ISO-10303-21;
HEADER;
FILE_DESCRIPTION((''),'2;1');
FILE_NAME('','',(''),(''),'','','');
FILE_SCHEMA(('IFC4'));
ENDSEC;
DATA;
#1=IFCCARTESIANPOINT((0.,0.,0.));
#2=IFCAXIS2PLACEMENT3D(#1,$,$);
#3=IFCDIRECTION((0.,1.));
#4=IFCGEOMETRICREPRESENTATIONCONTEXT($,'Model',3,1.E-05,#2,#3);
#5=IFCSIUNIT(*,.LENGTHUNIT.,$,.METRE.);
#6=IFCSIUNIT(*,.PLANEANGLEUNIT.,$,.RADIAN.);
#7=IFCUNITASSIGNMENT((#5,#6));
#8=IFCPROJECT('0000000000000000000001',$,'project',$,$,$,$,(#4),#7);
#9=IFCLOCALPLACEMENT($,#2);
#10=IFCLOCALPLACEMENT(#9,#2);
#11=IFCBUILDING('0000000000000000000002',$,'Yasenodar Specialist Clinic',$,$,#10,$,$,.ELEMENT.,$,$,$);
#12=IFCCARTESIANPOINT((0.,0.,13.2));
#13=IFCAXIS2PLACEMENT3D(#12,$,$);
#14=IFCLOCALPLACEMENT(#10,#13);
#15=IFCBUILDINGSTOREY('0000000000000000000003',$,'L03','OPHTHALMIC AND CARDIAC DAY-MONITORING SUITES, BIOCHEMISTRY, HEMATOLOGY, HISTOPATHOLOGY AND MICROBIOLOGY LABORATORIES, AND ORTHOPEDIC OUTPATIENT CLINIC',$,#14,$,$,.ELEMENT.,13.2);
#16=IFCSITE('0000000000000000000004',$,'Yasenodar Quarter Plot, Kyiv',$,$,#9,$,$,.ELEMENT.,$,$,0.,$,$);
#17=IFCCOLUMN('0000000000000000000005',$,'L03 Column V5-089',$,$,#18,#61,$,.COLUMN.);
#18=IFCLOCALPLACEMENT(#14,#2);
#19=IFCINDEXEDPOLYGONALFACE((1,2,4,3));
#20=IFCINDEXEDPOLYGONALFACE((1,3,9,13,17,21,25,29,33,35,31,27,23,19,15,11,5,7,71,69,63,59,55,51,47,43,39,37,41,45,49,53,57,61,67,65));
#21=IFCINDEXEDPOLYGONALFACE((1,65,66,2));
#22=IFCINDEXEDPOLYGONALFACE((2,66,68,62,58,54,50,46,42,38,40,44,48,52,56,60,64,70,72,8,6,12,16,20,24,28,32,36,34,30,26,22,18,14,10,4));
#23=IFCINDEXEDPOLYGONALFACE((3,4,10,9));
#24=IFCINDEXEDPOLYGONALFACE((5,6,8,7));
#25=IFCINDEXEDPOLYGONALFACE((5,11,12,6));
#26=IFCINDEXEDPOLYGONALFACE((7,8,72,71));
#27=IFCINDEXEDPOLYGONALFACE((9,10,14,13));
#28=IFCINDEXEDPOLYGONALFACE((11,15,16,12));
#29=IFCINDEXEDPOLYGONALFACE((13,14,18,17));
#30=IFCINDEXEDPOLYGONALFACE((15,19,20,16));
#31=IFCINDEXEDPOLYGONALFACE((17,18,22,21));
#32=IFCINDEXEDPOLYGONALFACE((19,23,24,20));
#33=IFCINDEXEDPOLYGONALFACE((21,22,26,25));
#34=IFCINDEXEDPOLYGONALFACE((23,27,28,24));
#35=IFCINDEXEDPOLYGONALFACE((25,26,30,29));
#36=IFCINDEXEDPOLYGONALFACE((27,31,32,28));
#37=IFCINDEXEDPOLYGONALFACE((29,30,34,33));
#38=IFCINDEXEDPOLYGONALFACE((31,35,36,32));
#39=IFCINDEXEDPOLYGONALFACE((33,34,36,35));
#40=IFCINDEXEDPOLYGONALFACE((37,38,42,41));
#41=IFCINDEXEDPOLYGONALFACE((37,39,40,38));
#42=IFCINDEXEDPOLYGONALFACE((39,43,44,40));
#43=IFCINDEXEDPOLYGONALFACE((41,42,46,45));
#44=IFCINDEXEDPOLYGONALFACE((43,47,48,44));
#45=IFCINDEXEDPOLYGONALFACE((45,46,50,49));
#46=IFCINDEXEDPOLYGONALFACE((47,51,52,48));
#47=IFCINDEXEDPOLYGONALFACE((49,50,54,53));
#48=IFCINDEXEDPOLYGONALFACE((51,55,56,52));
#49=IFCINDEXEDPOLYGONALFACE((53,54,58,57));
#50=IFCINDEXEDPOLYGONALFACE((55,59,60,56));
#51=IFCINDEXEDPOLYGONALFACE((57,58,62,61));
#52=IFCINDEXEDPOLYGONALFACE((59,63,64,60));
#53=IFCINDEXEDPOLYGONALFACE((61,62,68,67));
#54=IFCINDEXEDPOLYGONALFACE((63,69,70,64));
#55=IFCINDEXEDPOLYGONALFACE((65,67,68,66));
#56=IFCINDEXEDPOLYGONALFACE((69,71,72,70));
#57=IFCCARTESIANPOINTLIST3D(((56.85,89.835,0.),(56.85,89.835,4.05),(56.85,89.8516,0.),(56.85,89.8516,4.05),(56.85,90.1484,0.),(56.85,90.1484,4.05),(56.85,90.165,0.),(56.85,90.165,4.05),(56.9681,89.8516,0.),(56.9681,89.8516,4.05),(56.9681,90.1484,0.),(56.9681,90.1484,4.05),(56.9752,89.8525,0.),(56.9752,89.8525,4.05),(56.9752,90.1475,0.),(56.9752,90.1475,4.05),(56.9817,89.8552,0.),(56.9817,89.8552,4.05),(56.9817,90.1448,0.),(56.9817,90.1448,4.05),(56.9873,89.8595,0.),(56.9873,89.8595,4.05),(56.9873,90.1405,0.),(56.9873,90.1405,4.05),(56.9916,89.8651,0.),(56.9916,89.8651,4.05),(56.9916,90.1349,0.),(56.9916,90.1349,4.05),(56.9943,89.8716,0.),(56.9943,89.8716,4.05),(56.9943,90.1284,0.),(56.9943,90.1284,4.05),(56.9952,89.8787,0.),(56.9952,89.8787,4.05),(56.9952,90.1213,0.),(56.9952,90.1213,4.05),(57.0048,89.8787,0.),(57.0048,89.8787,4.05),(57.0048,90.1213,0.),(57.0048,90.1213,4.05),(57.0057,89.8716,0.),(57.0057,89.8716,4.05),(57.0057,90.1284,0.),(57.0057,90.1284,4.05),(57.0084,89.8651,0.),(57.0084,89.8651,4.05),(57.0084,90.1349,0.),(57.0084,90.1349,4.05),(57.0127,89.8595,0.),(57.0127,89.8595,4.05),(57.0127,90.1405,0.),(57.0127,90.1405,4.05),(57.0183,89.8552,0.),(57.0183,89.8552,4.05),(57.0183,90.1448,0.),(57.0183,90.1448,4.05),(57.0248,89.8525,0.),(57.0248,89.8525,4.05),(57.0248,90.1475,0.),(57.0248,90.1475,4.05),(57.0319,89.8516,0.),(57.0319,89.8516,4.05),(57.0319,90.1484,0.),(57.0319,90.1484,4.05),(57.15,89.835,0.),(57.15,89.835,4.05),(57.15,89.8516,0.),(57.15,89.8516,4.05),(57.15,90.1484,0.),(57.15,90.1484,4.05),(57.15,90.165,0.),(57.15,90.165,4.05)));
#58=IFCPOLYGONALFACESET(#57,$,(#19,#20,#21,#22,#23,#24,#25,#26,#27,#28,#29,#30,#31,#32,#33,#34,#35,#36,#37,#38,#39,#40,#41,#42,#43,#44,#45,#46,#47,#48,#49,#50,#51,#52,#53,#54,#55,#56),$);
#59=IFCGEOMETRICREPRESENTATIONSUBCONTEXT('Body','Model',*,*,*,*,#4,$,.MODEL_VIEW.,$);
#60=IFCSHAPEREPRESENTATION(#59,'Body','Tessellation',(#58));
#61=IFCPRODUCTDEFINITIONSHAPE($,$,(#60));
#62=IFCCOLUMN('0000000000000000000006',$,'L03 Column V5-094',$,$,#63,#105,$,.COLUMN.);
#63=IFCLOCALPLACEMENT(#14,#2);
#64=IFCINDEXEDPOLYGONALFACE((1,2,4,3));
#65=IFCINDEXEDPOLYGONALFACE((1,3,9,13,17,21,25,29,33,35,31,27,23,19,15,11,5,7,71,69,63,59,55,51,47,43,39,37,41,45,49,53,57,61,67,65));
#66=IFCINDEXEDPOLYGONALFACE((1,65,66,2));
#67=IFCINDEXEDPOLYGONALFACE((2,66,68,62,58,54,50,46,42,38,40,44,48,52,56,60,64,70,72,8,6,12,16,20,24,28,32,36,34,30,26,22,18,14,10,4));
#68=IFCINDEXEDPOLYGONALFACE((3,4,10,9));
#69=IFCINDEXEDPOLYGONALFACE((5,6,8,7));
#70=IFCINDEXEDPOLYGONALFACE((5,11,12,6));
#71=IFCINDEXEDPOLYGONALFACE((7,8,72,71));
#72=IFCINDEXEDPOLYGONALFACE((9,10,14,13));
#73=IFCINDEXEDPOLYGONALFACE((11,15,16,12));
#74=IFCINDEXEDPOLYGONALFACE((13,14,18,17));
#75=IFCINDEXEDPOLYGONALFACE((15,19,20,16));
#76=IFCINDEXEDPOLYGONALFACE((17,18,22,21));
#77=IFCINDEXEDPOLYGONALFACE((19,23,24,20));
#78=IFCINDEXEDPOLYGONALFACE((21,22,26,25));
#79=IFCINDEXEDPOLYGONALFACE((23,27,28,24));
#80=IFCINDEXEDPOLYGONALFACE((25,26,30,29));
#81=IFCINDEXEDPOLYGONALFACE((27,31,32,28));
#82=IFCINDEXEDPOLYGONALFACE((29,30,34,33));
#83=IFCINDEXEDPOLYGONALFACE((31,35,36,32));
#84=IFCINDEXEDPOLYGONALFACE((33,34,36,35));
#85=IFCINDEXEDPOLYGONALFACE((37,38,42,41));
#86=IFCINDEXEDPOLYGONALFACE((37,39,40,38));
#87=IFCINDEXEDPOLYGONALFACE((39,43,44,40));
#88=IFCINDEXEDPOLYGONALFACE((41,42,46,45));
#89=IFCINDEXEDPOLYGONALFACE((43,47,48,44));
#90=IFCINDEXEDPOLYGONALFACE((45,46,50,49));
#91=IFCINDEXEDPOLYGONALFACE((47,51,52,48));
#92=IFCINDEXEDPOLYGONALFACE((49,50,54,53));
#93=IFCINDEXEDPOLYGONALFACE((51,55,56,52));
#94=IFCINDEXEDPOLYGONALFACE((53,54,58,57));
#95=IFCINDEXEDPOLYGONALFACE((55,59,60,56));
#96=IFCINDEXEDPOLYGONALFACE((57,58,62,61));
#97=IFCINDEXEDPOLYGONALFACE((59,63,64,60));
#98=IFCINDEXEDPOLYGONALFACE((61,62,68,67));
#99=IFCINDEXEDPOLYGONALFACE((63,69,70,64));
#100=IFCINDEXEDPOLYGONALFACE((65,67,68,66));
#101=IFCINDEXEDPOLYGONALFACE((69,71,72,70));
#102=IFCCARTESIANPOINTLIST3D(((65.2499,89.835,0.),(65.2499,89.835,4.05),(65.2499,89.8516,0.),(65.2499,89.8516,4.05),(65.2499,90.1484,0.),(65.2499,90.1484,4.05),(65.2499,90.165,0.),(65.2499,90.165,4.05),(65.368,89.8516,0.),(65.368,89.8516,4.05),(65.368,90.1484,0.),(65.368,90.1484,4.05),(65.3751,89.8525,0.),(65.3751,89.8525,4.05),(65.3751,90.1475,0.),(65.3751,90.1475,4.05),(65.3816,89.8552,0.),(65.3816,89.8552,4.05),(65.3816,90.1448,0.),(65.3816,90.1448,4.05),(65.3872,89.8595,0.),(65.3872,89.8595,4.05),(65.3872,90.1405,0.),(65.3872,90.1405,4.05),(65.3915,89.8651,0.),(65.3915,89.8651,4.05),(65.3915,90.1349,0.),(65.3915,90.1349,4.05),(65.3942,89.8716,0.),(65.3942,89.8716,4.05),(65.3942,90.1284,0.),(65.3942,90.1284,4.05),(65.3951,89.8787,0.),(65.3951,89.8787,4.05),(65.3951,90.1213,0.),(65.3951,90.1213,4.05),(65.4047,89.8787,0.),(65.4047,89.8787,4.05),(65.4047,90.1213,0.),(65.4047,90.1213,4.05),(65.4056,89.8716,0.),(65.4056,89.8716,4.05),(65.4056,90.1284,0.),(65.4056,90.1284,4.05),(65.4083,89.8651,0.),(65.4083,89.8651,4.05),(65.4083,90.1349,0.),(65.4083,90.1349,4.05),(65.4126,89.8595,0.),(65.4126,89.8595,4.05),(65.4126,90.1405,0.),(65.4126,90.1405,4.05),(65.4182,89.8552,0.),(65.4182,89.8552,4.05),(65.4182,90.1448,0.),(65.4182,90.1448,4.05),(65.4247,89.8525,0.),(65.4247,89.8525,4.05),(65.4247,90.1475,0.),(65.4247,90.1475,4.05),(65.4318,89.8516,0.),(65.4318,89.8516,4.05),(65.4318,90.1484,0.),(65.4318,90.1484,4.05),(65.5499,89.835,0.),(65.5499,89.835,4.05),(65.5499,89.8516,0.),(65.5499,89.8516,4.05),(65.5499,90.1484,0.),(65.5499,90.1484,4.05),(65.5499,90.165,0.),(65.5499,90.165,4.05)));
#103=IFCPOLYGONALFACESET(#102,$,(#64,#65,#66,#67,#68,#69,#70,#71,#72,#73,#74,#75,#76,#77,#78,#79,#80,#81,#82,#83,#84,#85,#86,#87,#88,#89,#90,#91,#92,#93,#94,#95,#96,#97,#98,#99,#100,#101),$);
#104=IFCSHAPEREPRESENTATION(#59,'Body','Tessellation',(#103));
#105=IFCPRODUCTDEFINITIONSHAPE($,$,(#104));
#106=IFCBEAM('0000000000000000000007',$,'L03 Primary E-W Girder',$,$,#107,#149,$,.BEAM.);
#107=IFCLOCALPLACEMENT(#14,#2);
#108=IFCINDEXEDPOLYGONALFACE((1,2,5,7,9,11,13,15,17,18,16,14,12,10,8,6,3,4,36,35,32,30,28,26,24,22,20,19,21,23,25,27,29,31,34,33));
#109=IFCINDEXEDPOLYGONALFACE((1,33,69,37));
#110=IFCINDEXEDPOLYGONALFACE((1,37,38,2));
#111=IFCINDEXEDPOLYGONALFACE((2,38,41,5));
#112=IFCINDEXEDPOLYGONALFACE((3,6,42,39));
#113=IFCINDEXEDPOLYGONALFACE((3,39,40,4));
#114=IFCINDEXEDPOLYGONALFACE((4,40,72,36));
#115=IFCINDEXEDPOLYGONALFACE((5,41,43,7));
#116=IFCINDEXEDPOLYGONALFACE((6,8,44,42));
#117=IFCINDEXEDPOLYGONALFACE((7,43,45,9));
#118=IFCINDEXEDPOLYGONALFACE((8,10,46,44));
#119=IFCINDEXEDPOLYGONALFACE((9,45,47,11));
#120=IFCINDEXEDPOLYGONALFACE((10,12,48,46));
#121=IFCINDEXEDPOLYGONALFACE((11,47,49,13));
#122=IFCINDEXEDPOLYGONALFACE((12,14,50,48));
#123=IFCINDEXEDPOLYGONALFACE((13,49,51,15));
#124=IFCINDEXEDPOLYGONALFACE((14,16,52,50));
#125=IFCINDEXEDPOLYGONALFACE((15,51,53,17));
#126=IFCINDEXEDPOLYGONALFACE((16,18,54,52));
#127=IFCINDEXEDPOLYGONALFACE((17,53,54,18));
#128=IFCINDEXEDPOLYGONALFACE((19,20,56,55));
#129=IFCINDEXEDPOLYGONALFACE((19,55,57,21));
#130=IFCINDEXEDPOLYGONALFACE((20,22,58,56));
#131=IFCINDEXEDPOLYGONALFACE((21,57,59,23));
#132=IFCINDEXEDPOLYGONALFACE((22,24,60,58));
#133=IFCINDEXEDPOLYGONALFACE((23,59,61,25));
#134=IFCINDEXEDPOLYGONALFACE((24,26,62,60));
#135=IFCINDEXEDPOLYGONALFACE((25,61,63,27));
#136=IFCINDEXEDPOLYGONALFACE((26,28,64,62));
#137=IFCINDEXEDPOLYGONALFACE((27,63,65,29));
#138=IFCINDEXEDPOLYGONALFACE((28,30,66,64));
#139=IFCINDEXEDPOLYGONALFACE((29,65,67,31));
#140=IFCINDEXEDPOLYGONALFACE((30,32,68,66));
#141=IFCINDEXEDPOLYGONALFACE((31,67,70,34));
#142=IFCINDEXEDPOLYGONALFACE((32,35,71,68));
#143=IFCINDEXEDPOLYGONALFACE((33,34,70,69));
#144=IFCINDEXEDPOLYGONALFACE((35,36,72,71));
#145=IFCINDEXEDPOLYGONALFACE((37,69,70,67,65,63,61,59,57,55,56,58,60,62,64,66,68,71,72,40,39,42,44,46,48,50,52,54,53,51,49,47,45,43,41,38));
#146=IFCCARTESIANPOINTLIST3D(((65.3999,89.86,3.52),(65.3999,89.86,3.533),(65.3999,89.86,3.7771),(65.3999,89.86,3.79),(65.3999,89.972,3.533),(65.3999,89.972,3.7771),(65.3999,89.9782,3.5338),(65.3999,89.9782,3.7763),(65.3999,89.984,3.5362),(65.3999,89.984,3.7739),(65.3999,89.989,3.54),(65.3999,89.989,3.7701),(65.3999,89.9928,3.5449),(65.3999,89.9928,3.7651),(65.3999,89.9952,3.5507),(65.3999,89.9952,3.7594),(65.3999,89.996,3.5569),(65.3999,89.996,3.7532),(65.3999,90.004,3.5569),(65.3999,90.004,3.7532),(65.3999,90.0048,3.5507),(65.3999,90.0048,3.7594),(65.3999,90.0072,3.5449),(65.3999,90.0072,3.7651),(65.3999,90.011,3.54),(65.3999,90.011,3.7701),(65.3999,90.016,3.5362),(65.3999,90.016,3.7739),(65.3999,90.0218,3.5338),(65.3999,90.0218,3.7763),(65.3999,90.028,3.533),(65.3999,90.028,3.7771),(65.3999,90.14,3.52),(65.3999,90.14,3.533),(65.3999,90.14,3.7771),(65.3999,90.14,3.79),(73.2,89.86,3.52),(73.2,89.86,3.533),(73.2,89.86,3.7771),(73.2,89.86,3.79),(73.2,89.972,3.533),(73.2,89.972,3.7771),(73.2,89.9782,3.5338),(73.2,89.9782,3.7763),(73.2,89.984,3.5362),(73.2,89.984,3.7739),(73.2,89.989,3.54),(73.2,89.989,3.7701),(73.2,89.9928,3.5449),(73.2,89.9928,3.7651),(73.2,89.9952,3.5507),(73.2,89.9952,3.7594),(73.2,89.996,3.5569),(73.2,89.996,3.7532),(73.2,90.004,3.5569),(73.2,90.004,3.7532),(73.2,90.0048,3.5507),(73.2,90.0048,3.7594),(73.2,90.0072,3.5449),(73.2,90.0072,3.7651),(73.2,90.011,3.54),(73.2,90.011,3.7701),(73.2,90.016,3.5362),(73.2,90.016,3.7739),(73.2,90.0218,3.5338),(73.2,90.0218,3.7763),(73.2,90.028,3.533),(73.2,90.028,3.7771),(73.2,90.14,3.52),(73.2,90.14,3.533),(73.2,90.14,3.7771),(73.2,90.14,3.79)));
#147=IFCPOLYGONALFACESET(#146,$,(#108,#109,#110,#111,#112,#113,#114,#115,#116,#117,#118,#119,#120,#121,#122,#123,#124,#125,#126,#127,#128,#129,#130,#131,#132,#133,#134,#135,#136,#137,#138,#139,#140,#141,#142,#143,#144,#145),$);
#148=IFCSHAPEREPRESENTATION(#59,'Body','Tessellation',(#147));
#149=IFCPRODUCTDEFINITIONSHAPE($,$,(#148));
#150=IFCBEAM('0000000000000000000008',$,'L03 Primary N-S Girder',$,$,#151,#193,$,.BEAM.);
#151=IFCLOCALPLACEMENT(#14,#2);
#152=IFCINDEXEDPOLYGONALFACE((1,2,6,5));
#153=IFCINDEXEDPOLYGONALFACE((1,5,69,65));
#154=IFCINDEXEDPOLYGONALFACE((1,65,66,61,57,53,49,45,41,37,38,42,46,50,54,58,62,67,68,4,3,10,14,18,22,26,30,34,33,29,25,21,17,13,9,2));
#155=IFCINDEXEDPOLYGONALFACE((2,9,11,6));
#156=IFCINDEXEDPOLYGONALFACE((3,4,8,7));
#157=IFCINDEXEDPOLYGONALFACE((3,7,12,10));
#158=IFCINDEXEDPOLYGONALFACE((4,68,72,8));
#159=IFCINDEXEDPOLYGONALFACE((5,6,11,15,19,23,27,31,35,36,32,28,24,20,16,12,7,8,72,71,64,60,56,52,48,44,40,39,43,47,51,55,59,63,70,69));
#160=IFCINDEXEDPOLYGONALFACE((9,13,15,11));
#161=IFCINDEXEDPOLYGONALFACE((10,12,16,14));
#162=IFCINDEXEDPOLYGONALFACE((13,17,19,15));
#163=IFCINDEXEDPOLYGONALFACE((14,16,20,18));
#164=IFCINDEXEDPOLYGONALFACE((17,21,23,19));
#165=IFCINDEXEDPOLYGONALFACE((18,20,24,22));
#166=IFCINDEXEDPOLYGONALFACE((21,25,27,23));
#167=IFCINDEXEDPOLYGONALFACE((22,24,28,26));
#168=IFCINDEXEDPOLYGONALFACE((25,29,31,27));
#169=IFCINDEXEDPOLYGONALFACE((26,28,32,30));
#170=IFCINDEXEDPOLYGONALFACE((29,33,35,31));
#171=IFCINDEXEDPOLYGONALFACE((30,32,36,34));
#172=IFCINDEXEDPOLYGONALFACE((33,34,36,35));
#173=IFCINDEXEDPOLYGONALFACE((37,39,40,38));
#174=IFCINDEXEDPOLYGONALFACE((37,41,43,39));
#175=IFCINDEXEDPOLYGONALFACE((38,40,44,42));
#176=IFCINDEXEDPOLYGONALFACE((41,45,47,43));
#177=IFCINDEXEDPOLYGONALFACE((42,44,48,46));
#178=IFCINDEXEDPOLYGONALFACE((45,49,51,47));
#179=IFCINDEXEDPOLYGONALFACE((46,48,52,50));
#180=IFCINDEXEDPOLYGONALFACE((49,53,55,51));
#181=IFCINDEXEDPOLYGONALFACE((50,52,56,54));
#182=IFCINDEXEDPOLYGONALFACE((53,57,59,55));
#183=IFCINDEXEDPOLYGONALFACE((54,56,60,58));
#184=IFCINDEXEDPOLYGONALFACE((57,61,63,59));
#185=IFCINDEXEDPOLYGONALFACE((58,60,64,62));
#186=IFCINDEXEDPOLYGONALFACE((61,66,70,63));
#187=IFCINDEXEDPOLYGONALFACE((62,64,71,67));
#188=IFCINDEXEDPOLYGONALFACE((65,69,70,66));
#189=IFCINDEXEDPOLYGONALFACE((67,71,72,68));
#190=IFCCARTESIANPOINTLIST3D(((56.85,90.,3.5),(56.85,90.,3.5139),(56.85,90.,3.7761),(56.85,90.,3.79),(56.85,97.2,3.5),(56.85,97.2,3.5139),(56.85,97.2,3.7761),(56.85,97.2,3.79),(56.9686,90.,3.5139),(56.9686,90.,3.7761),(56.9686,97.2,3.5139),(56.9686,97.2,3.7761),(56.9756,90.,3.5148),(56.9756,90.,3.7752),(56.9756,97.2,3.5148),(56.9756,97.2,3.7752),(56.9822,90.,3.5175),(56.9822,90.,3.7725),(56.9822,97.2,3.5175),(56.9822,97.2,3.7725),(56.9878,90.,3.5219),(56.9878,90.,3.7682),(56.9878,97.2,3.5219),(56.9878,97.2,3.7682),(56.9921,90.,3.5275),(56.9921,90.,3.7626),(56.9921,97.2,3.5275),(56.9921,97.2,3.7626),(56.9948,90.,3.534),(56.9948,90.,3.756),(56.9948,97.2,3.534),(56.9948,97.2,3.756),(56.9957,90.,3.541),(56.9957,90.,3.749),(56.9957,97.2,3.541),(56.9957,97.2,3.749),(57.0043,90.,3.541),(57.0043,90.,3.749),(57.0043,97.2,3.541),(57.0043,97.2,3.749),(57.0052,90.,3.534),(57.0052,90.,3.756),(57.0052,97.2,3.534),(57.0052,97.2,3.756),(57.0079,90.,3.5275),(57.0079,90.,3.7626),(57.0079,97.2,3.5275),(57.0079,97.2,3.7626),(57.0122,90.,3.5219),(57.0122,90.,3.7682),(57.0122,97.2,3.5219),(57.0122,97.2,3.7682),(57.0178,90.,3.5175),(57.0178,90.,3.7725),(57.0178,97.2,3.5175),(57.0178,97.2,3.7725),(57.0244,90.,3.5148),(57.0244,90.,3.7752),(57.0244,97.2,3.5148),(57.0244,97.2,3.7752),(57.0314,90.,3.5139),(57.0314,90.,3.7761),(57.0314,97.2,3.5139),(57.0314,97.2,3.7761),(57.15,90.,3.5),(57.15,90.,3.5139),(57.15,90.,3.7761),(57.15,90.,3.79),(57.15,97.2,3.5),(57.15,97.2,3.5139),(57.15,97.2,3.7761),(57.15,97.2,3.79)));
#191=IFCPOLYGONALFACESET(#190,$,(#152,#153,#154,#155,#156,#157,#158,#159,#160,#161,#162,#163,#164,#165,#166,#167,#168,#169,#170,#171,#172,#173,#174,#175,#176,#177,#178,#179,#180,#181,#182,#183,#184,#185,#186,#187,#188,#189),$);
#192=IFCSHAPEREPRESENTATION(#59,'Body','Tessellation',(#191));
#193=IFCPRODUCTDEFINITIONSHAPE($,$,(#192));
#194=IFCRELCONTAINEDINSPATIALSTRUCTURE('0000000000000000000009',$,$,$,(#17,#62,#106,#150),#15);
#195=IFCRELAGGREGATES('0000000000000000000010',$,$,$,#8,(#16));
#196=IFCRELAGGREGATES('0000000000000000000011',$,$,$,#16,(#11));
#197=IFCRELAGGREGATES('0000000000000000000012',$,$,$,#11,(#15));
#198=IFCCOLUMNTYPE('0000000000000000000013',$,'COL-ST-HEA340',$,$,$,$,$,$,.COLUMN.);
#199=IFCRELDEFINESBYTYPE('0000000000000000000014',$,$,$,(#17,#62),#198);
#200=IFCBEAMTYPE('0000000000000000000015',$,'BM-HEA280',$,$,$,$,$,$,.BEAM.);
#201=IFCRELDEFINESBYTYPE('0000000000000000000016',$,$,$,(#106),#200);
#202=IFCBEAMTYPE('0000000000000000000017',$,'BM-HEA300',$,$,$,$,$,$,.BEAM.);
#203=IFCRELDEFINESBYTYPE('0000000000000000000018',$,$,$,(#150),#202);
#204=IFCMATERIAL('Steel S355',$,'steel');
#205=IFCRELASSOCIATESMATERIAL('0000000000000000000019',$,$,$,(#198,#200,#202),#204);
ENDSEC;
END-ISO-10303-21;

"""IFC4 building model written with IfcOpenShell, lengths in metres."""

from ifc_helpers import new_model, si_unit, direction, frame, origin, origin_2d, place, context, subcontext, project, spatial, i_section, extrude, material, material_profile, profile_set, type_object, element, save


model = new_model("IFC4")

# Units and contexts
model_context = context("Model", 3, precision=1e-05, world=origin(), true_north=direction((0.0, 1.0)))
body_context = subcontext(model_context, "Body", "Model", "MODEL_VIEW")
ifc_project = project(units=[si_unit("LENGTHUNIT", "METRE"), si_unit("PLANEANGLEUNIT", "RADIAN")], contexts=[model_context])

# Site, building, storey
site_placement = place(None, origin())
site = spatial("IfcSite", under=ifc_project, at=site_placement, Name="Yasenodar Quarter Plot, Kyiv", CompositionType="ELEMENT", RefElevation=0.0)
building_placement = place(site_placement, origin())
building = spatial("IfcBuilding", under=site, at=building_placement, Name="Yasenodar Specialist Clinic", CompositionType="ELEMENT")
storey_placement = place(building_placement, frame((0.0, 0.0, 13.2)))
storey = spatial("IfcBuildingStorey", under=building, at=storey_placement, Name="L03", Description="OPHTHALMIC AND CARDIAC DAY-MONITORING SUITES, BIOCHEMISTRY, HEMATOLOGY, HISTOPATHOLOGY AND MICROBIOLOGY LABORATORIES, AND ORTHOPEDIC OUTPATIENT CLINIC", CompositionType="ELEMENT", Elevation=13.2)

# Columns
ifc_material_1 = material(Name="Steel S355", Category="steel")
ifc_material_profile_1 = material_profile(ifc_material_1, i_section(OverallWidth=0.3, OverallDepth=0.3301, WebThickness=0.0095, FlangeThickness=0.0166, FilletRadius=0.0271, at=origin_2d()), Name="HEA 340")
ifc_profile_set_1 = profile_set([ifc_material_profile_1], Name="Steel S355")
column_type = type_object("IfcColumnType", Name="COL-ST-HEA340", PredefinedType="COLUMN", material=ifc_profile_set_1)
for number, where, z_axis, x_axis, name in (
    (1, (57.0, 90.0, 0.0), (0.0, 0.0, 1.0), (1.0, 0.0, 0.0), "L03 Column V5-089"),
    (2, (65.3999, 90.0, 0.0), (0.0, 0.0, 1.0), (1.0, 0.0, 0.0), "L03 Column V5-094"),
):
    element("IfcColumn", number, at=place(storey_placement, frame(where, z_axis=z_axis, x_axis=x_axis)), inside=storey, type_object=column_type, Name=name, PredefinedType="COLUMN", context=body_context, shape_type="SweptSolid", body=[
        extrude(i_section(OverallWidth=0.3, OverallDepth=0.3301, WebThickness=0.0095, FlangeThickness=0.0166, FilletRadius=0.0271, at=origin_2d()), origin(), (0.0, 0.0, 1.0), 4.05),
    ])

# Beams
ifc_material_profile_2 = material_profile(ifc_material_1, i_section(OverallWidth=0.28, OverallDepth=0.27, WebThickness=0.0081, FlangeThickness=0.0129, FilletRadius=0.0239, at=origin_2d()), Name="HEA 280")
ifc_profile_set_2 = profile_set([ifc_material_profile_2], Name="Steel S355")
beam_type_1 = type_object("IfcBeamType", Name="BM-HEA280", PredefinedType="BEAM", material=ifc_profile_set_2)
beam_1_placement = place(storey_placement, frame((65.3999, 90.0, 3.655), z_axis=(1.0, 0.0, 0.0), x_axis=(0.0, 1.0, 0.0)))
element("IfcBeam", 3, at=beam_1_placement, inside=storey, type_object=beam_type_1, Name="L03 Primary E-W Girder", PredefinedType="BEAM", context=body_context, shape_type="SweptSolid", body=[
    extrude(i_section(OverallWidth=0.28, OverallDepth=0.27, WebThickness=0.0081, FlangeThickness=0.0129, FilletRadius=0.0239, at=origin_2d()), origin(), (0.0, 0.0, 1.0), 7.8),
])
ifc_material_profile_3 = material_profile(ifc_material_1, i_section(OverallWidth=0.3, OverallDepth=0.29, WebThickness=0.0085, FlangeThickness=0.0139, FilletRadius=0.0271, at=origin_2d()), Name="HEA 300")
ifc_profile_set_3 = profile_set([ifc_material_profile_3], Name="Steel S355")
beam_type_2 = type_object("IfcBeamType", Name="BM-HEA300", PredefinedType="BEAM", material=ifc_profile_set_3)
beam_2_placement = place(storey_placement, frame((57.0, 90.0, 3.645), z_axis=(0.0, 1.0, 0.0), x_axis=(-1.0, 0.0, 0.0)))
element("IfcBeam", 4, at=beam_2_placement, inside=storey, type_object=beam_type_2, Name="L03 Primary N-S Girder", PredefinedType="BEAM", context=body_context, shape_type="SweptSolid", body=[
    extrude(i_section(OverallWidth=0.3, OverallDepth=0.29, WebThickness=0.0085, FlangeThickness=0.0139, FilletRadius=0.0271, at=origin_2d()), origin(), (0.0, 0.0, 1.0), 7.2),
])

save(model, "model.ifc")
